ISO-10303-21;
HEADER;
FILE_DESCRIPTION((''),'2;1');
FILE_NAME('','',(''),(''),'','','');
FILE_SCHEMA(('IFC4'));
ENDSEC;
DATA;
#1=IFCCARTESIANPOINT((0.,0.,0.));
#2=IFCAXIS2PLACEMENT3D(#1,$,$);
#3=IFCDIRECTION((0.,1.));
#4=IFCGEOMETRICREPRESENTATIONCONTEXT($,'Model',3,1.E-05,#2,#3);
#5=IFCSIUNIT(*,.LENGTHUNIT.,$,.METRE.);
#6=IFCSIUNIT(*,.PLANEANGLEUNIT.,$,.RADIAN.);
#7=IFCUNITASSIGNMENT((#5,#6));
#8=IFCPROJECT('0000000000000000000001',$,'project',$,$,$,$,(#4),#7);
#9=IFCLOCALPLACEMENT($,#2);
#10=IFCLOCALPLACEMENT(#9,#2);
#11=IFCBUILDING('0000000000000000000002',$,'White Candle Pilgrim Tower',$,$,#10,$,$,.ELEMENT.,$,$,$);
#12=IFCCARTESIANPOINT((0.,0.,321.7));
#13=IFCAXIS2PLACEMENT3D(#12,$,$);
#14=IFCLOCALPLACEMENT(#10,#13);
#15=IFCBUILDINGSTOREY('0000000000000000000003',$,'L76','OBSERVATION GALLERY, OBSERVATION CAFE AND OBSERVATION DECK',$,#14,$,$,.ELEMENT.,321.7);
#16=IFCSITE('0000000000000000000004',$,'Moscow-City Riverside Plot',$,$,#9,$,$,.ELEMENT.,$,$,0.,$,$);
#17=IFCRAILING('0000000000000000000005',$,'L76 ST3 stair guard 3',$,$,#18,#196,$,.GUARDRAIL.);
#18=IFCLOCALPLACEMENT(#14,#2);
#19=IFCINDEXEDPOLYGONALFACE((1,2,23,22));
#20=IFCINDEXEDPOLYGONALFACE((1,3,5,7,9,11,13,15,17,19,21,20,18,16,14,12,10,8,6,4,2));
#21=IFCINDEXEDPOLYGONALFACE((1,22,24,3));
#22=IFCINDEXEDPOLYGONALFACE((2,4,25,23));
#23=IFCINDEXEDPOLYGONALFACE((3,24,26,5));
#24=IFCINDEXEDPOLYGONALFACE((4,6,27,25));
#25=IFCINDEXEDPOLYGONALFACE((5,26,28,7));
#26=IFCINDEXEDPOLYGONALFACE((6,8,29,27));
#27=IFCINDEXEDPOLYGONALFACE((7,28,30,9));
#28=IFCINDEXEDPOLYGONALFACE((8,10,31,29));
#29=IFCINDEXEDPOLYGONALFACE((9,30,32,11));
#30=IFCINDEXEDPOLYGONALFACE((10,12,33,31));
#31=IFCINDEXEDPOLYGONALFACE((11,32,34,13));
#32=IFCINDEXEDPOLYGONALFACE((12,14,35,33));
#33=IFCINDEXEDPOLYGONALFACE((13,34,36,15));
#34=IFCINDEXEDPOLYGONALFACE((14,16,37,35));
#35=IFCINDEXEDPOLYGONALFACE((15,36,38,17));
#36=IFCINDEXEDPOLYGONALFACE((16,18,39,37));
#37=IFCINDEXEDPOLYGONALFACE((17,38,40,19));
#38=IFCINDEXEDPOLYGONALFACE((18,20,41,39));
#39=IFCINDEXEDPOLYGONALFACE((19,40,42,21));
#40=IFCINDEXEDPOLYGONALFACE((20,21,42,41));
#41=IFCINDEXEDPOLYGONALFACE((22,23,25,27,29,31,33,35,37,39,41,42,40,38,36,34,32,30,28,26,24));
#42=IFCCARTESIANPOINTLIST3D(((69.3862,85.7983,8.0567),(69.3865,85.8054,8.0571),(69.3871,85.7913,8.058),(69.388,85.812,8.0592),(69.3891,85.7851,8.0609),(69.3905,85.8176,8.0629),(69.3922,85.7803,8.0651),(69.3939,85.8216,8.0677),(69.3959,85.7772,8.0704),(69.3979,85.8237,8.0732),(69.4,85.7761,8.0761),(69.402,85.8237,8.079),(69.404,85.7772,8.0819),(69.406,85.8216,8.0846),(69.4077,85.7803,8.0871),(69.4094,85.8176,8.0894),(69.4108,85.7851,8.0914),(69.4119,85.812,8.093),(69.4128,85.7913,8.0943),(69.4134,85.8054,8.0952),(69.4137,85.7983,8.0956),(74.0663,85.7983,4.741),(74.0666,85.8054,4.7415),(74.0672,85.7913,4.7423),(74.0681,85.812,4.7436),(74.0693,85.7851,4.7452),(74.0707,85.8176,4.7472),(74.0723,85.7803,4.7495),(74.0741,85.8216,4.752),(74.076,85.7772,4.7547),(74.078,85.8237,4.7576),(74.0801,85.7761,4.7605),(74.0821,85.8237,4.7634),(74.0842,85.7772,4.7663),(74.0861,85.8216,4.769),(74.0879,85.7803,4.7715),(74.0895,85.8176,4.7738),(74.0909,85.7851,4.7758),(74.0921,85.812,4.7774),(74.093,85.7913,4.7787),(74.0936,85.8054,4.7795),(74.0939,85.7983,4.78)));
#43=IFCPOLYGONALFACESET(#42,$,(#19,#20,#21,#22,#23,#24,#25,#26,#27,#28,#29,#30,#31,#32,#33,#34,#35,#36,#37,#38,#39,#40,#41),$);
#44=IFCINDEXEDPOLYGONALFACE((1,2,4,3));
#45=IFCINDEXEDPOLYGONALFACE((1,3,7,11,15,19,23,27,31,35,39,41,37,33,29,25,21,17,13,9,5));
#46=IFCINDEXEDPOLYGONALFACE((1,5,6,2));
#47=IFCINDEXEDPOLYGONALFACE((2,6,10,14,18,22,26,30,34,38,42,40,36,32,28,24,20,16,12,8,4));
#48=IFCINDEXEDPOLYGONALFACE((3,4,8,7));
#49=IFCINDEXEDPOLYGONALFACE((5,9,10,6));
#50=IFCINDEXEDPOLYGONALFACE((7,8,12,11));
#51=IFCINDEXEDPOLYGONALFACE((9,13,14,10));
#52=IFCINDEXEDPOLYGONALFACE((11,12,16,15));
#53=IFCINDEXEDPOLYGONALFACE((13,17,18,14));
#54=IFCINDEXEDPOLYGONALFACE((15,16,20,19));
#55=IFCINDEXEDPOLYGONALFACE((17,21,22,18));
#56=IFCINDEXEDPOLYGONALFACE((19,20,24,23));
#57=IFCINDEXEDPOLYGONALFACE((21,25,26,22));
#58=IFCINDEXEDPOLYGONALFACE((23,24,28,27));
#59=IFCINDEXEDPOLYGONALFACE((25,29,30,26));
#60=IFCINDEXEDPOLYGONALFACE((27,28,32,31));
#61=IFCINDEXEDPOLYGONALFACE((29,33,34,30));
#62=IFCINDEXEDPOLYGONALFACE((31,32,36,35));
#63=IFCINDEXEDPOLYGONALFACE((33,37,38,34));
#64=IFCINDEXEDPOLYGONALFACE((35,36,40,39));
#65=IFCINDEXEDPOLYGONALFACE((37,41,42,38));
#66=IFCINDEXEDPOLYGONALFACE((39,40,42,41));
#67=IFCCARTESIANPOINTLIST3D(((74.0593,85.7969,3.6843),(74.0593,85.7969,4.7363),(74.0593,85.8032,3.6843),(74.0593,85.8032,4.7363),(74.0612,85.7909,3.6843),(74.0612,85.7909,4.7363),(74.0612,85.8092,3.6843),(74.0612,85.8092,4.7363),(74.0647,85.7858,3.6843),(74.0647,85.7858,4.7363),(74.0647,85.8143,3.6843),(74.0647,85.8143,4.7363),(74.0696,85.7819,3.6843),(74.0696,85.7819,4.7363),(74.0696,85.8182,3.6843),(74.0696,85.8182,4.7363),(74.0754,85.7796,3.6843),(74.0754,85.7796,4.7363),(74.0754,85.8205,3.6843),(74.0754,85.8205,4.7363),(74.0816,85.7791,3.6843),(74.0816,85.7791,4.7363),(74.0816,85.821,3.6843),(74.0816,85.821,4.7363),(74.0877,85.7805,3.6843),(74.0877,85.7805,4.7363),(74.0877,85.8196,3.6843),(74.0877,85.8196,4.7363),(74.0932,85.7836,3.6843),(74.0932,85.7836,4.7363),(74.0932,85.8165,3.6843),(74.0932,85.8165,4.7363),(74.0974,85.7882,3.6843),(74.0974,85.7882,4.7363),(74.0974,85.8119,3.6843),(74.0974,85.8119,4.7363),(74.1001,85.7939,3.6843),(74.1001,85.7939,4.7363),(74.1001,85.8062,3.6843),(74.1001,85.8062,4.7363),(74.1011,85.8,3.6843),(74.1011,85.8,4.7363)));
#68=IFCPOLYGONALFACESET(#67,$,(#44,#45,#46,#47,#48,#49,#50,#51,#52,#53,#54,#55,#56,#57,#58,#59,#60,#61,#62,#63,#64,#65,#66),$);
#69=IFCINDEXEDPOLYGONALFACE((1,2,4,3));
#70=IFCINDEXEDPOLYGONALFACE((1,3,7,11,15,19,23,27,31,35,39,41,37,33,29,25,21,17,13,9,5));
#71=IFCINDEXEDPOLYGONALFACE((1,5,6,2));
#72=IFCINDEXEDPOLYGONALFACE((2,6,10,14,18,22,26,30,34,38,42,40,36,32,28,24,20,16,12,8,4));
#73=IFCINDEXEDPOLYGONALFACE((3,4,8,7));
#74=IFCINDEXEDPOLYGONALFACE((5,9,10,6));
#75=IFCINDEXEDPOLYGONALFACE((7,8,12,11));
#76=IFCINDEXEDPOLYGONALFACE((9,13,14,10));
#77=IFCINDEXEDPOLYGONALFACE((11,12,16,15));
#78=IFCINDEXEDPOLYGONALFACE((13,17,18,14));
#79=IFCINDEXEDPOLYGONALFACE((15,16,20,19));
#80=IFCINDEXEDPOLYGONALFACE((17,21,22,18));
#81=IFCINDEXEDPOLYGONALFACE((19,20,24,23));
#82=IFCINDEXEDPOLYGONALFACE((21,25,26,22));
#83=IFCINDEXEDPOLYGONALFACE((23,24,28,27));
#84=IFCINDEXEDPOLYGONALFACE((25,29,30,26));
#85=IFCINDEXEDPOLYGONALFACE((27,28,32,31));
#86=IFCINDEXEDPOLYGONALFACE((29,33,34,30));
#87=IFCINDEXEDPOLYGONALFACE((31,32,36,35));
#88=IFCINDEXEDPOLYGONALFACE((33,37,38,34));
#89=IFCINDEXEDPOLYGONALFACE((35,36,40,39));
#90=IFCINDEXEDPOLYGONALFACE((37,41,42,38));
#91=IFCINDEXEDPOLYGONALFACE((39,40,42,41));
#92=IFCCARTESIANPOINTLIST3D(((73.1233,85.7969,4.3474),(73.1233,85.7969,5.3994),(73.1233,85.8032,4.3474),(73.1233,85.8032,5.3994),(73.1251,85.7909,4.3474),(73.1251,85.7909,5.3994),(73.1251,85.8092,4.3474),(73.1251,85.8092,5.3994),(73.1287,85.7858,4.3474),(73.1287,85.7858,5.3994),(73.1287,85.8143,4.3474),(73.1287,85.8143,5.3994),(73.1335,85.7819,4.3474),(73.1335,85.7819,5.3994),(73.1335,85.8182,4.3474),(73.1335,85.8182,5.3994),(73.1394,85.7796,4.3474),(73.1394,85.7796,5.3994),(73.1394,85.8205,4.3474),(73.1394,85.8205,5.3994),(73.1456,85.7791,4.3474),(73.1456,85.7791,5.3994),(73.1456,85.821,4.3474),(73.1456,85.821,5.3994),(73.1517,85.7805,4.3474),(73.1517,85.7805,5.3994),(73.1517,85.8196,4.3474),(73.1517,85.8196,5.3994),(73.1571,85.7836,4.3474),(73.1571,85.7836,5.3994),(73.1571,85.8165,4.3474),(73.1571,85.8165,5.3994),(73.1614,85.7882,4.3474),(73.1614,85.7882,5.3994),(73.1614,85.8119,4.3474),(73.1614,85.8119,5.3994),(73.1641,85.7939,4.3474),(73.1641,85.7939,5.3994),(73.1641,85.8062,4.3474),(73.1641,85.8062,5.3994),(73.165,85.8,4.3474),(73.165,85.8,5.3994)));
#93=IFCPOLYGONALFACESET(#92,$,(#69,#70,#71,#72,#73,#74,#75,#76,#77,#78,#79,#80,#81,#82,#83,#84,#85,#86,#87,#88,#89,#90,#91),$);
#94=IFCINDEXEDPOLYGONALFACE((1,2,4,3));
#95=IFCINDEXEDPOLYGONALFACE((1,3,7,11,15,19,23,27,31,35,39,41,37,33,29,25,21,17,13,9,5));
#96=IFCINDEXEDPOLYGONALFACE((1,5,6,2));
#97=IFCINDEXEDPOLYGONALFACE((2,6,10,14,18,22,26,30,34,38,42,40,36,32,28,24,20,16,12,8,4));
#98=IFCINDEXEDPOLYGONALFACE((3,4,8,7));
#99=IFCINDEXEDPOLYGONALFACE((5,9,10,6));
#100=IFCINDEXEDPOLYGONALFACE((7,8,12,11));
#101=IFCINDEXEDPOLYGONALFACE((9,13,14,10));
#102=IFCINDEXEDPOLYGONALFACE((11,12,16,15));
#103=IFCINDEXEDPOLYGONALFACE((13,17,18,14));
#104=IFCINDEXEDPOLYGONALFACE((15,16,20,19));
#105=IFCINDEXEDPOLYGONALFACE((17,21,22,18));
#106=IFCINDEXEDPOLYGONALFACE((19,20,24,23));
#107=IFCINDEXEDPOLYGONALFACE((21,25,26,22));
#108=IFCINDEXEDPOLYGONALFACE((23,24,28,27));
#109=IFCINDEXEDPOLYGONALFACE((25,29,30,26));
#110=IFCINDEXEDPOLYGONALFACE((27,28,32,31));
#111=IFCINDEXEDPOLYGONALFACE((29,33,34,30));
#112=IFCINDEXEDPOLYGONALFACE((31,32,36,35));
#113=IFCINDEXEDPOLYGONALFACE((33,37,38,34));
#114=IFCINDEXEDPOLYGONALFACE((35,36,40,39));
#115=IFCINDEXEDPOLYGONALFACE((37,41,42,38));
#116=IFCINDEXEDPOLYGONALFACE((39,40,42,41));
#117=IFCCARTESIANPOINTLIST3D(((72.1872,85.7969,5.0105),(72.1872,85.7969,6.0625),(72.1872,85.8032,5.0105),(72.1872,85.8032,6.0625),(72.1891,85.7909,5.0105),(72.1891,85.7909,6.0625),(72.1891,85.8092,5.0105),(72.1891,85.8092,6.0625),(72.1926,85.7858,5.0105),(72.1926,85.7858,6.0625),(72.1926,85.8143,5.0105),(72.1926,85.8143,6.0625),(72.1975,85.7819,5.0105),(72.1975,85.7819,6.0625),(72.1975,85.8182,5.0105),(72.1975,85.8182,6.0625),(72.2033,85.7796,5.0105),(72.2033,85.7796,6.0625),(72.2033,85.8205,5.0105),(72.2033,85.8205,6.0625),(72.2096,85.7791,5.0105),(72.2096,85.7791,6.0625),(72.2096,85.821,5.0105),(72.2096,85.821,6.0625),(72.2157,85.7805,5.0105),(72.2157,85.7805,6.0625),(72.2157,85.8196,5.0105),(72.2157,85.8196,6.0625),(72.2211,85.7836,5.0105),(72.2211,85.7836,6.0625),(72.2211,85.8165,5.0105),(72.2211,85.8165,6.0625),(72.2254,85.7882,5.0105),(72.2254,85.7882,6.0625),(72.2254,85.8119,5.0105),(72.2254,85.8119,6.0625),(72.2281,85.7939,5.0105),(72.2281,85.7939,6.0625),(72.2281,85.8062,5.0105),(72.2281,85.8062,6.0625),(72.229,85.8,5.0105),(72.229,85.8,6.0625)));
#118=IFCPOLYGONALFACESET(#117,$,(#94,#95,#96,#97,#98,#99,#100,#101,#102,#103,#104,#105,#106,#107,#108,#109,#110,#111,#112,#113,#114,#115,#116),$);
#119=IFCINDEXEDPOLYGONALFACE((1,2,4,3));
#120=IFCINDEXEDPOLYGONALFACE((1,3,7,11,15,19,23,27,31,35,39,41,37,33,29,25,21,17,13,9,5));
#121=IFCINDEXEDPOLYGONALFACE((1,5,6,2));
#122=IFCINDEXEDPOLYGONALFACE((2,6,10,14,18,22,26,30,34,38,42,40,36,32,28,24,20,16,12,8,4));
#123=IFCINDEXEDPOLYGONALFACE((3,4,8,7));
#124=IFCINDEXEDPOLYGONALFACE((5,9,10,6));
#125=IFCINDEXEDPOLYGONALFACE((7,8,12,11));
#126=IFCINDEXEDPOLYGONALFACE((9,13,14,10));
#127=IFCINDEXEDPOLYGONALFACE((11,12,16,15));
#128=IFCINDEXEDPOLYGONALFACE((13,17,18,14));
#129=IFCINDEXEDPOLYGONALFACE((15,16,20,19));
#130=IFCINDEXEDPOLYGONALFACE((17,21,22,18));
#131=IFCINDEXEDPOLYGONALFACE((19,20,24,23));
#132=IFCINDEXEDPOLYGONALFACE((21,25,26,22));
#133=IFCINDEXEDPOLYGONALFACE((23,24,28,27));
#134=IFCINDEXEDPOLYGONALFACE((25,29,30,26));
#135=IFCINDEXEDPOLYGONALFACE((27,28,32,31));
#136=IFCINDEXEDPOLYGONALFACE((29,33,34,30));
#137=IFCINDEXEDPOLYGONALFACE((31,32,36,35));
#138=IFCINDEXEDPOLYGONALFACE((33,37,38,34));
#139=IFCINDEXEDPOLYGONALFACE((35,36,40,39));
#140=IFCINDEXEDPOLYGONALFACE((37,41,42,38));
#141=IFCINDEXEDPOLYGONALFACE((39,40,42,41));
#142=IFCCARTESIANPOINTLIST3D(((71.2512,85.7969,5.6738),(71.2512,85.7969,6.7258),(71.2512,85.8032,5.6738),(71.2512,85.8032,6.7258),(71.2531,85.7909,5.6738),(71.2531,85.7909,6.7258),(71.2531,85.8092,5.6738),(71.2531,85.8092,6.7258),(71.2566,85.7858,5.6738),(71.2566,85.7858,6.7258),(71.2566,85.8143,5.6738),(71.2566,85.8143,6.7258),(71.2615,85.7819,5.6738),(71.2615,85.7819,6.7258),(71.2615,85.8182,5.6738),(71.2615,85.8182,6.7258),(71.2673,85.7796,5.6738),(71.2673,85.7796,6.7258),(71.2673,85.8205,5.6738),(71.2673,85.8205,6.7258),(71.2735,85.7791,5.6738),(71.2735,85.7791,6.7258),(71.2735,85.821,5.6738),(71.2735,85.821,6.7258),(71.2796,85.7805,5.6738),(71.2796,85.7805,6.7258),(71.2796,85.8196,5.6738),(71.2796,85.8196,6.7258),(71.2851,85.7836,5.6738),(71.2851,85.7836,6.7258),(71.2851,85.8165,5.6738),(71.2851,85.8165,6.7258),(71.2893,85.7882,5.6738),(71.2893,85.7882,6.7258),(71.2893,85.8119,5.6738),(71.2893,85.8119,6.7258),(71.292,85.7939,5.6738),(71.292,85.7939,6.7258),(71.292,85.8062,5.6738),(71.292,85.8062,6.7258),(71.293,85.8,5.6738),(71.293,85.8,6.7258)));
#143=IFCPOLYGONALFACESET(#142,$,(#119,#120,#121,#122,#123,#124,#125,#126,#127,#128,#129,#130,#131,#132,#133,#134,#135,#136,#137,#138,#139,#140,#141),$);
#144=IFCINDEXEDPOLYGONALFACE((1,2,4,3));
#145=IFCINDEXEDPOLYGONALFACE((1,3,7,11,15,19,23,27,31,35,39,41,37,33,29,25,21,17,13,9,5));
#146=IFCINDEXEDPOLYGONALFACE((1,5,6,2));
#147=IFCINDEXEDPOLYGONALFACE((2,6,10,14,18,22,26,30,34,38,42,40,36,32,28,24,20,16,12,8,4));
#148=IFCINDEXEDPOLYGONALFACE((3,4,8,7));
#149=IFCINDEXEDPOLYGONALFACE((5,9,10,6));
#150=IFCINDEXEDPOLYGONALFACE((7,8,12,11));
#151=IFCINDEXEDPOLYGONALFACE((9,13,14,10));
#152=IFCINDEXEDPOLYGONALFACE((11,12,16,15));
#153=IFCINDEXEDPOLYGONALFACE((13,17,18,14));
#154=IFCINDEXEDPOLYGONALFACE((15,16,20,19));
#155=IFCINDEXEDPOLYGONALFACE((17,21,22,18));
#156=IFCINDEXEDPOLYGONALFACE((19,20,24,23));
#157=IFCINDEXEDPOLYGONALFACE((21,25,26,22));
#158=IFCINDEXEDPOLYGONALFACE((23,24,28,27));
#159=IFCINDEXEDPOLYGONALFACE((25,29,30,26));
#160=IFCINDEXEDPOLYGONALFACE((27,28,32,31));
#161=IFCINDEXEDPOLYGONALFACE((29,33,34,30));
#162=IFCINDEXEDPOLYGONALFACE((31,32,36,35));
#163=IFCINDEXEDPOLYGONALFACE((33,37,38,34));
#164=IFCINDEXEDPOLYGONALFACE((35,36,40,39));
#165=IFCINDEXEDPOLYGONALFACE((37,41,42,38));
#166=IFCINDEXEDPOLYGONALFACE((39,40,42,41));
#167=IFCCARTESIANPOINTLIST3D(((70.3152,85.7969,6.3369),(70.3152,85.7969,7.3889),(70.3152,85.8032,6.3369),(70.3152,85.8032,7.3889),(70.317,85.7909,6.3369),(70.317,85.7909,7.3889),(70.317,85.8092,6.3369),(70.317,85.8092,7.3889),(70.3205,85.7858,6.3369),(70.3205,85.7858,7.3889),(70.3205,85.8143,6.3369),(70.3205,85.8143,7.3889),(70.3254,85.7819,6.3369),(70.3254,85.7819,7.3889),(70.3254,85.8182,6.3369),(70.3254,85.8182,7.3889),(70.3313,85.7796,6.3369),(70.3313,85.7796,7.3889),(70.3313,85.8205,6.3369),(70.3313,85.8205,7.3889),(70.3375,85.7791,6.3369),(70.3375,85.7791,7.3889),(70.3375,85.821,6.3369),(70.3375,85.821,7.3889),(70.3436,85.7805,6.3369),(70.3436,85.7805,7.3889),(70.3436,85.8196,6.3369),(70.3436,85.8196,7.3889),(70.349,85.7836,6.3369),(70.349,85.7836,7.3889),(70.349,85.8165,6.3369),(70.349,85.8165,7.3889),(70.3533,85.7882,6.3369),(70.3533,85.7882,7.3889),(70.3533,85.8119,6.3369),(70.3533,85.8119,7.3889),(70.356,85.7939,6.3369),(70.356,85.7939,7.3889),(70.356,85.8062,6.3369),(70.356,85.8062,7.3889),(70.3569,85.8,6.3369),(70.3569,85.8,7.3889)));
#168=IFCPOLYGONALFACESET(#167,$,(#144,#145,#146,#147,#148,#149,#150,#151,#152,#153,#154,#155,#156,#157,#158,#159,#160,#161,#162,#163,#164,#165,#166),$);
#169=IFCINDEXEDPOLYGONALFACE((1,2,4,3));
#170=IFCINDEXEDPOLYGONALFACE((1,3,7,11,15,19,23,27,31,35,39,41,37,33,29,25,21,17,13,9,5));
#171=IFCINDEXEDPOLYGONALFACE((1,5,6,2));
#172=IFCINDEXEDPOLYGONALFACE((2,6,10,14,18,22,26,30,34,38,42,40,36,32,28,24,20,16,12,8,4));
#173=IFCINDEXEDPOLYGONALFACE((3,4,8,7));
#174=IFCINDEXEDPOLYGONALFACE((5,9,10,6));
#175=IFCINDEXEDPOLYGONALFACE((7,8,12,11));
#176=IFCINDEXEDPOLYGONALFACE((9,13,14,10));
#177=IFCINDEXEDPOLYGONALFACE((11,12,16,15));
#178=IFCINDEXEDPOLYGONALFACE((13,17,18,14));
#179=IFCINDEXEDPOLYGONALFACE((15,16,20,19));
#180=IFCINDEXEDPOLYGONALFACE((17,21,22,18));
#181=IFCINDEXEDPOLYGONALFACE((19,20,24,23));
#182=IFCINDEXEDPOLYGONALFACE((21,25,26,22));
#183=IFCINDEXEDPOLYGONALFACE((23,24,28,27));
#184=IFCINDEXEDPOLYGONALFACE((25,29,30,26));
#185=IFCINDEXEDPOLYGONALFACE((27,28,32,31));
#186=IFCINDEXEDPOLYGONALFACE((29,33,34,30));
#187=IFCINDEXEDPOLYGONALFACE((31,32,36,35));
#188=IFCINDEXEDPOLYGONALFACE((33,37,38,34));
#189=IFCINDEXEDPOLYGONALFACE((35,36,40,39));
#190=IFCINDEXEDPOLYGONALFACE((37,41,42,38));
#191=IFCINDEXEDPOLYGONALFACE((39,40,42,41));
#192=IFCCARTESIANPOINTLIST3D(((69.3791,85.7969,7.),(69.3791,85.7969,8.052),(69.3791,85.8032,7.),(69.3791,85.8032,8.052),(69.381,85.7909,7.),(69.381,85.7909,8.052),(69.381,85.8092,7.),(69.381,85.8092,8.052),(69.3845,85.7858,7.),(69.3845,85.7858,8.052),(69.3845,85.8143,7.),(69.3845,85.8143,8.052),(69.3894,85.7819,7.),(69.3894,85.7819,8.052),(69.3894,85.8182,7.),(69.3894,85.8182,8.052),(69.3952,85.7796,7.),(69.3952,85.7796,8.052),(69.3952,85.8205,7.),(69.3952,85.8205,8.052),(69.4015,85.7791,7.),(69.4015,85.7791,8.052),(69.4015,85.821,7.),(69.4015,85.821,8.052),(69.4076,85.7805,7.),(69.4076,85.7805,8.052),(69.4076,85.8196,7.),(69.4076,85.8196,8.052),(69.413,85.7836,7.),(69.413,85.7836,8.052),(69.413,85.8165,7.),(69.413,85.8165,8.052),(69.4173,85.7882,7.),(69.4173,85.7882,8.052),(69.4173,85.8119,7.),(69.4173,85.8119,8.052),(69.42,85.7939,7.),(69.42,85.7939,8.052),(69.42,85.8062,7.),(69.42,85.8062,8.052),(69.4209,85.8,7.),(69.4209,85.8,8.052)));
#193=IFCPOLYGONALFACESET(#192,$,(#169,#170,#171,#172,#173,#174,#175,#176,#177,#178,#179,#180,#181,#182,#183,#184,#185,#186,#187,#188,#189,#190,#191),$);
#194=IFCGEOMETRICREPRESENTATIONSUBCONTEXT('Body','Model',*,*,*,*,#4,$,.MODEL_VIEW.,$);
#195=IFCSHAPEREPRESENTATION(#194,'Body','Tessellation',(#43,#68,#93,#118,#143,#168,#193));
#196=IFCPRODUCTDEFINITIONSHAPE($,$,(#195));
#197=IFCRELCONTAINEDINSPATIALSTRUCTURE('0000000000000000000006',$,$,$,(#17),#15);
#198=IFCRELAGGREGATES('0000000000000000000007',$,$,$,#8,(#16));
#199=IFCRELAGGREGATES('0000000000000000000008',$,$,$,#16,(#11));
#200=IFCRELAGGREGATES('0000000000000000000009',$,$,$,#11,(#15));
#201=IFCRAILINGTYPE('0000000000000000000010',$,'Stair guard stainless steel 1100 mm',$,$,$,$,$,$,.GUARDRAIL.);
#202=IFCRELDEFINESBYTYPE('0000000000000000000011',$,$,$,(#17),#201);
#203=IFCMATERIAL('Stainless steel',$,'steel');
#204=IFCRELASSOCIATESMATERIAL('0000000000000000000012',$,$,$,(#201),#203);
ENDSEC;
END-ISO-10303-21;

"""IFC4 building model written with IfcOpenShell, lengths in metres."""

from ifc_helpers import new_model, si_unit, direction, frame, origin, origin_2d, place, context, subcontext, project, spatial, circle, extrude, material, type_object, element, save


model = new_model("IFC4")

# Units and contexts
model_context = context("Model", 3, precision=1e-05, world=origin(), true_north=direction((0.0, 1.0)))
body_context = subcontext(model_context, "Body", "Model", "MODEL_VIEW")
ifc_project = project(units=[si_unit("LENGTHUNIT", "METRE"), si_unit("PLANEANGLEUNIT", "RADIAN")], contexts=[model_context])

# Site, building, storey
site_placement = place(None, origin())
site = spatial("IfcSite", under=ifc_project, at=site_placement, Name="Moscow-City Riverside Plot", CompositionType="ELEMENT", RefElevation=0.0)
building_placement = place(site_placement, origin())
building = spatial("IfcBuilding", under=site, at=building_placement, Name="White Candle Pilgrim Tower", CompositionType="ELEMENT")
storey_placement = place(building_placement, frame((0.0, 0.0, 321.7)))
storey = spatial("IfcBuildingStorey", under=building, at=storey_placement, Name="L76", Description="OBSERVATION GALLERY, OBSERVATION CAFE AND OBSERVATION DECK", CompositionType="ELEMENT", Elevation=321.7)

# Railing
ifc_material_1 = material(Name="Stainless steel", Category="steel")
railing_type_1 = type_object("IfcRailingType", Name="Stair guard stainless steel 1100 mm", PredefinedType="GUARDRAIL", material=ifc_material_1)
railing_1_placement = place(storey_placement, frame((74.0801, 85.8, 3.6843)))
element("IfcRailing", 1, at=railing_1_placement, inside=storey, type_object=railing_type_1, Name="L76 ST3 stair guard 3", PredefinedType="GUARDRAIL", context=body_context, shape_type="SweptSolid", body=[
    extrude(circle(Radius=0.0239, at=origin_2d()), frame((0.0, 0.0, 1.0762), z_axis=(-0.815979, 0.0, 0.578081), x_axis=(0.0, -1.0, 0.0)), (0.0, 0.0, 1.0), 5.7356),
    extrude(circle(Radius=0.021, at=origin_2d()), origin(), (0.0, 0.0, 1.0), 1.052),
    extrude(circle(Radius=0.021, at=origin_2d()), frame((-0.936, 0.0, 0.6631)), (0.0, 0.0, 1.0), 1.052),
    extrude(circle(Radius=0.021, at=origin_2d()), frame((-1.8721, 0.0, 1.3262)), (0.0, 0.0, 1.0), 1.052),
    extrude(circle(Radius=0.021, at=origin_2d()), frame((-2.8081, 0.0, 1.9895)), (0.0, 0.0, 1.0), 1.052),
    extrude(circle(Radius=0.021, at=origin_2d()), frame((-3.7441, 0.0, 2.6526)), (0.0, 0.0, 1.0), 1.052),
    extrude(circle(Radius=0.021, at=origin_2d()), frame((-4.6802, 0.0, 3.3157)), (0.0, 0.0, 1.0), 1.052),
])

save(model, "model.ifc")
